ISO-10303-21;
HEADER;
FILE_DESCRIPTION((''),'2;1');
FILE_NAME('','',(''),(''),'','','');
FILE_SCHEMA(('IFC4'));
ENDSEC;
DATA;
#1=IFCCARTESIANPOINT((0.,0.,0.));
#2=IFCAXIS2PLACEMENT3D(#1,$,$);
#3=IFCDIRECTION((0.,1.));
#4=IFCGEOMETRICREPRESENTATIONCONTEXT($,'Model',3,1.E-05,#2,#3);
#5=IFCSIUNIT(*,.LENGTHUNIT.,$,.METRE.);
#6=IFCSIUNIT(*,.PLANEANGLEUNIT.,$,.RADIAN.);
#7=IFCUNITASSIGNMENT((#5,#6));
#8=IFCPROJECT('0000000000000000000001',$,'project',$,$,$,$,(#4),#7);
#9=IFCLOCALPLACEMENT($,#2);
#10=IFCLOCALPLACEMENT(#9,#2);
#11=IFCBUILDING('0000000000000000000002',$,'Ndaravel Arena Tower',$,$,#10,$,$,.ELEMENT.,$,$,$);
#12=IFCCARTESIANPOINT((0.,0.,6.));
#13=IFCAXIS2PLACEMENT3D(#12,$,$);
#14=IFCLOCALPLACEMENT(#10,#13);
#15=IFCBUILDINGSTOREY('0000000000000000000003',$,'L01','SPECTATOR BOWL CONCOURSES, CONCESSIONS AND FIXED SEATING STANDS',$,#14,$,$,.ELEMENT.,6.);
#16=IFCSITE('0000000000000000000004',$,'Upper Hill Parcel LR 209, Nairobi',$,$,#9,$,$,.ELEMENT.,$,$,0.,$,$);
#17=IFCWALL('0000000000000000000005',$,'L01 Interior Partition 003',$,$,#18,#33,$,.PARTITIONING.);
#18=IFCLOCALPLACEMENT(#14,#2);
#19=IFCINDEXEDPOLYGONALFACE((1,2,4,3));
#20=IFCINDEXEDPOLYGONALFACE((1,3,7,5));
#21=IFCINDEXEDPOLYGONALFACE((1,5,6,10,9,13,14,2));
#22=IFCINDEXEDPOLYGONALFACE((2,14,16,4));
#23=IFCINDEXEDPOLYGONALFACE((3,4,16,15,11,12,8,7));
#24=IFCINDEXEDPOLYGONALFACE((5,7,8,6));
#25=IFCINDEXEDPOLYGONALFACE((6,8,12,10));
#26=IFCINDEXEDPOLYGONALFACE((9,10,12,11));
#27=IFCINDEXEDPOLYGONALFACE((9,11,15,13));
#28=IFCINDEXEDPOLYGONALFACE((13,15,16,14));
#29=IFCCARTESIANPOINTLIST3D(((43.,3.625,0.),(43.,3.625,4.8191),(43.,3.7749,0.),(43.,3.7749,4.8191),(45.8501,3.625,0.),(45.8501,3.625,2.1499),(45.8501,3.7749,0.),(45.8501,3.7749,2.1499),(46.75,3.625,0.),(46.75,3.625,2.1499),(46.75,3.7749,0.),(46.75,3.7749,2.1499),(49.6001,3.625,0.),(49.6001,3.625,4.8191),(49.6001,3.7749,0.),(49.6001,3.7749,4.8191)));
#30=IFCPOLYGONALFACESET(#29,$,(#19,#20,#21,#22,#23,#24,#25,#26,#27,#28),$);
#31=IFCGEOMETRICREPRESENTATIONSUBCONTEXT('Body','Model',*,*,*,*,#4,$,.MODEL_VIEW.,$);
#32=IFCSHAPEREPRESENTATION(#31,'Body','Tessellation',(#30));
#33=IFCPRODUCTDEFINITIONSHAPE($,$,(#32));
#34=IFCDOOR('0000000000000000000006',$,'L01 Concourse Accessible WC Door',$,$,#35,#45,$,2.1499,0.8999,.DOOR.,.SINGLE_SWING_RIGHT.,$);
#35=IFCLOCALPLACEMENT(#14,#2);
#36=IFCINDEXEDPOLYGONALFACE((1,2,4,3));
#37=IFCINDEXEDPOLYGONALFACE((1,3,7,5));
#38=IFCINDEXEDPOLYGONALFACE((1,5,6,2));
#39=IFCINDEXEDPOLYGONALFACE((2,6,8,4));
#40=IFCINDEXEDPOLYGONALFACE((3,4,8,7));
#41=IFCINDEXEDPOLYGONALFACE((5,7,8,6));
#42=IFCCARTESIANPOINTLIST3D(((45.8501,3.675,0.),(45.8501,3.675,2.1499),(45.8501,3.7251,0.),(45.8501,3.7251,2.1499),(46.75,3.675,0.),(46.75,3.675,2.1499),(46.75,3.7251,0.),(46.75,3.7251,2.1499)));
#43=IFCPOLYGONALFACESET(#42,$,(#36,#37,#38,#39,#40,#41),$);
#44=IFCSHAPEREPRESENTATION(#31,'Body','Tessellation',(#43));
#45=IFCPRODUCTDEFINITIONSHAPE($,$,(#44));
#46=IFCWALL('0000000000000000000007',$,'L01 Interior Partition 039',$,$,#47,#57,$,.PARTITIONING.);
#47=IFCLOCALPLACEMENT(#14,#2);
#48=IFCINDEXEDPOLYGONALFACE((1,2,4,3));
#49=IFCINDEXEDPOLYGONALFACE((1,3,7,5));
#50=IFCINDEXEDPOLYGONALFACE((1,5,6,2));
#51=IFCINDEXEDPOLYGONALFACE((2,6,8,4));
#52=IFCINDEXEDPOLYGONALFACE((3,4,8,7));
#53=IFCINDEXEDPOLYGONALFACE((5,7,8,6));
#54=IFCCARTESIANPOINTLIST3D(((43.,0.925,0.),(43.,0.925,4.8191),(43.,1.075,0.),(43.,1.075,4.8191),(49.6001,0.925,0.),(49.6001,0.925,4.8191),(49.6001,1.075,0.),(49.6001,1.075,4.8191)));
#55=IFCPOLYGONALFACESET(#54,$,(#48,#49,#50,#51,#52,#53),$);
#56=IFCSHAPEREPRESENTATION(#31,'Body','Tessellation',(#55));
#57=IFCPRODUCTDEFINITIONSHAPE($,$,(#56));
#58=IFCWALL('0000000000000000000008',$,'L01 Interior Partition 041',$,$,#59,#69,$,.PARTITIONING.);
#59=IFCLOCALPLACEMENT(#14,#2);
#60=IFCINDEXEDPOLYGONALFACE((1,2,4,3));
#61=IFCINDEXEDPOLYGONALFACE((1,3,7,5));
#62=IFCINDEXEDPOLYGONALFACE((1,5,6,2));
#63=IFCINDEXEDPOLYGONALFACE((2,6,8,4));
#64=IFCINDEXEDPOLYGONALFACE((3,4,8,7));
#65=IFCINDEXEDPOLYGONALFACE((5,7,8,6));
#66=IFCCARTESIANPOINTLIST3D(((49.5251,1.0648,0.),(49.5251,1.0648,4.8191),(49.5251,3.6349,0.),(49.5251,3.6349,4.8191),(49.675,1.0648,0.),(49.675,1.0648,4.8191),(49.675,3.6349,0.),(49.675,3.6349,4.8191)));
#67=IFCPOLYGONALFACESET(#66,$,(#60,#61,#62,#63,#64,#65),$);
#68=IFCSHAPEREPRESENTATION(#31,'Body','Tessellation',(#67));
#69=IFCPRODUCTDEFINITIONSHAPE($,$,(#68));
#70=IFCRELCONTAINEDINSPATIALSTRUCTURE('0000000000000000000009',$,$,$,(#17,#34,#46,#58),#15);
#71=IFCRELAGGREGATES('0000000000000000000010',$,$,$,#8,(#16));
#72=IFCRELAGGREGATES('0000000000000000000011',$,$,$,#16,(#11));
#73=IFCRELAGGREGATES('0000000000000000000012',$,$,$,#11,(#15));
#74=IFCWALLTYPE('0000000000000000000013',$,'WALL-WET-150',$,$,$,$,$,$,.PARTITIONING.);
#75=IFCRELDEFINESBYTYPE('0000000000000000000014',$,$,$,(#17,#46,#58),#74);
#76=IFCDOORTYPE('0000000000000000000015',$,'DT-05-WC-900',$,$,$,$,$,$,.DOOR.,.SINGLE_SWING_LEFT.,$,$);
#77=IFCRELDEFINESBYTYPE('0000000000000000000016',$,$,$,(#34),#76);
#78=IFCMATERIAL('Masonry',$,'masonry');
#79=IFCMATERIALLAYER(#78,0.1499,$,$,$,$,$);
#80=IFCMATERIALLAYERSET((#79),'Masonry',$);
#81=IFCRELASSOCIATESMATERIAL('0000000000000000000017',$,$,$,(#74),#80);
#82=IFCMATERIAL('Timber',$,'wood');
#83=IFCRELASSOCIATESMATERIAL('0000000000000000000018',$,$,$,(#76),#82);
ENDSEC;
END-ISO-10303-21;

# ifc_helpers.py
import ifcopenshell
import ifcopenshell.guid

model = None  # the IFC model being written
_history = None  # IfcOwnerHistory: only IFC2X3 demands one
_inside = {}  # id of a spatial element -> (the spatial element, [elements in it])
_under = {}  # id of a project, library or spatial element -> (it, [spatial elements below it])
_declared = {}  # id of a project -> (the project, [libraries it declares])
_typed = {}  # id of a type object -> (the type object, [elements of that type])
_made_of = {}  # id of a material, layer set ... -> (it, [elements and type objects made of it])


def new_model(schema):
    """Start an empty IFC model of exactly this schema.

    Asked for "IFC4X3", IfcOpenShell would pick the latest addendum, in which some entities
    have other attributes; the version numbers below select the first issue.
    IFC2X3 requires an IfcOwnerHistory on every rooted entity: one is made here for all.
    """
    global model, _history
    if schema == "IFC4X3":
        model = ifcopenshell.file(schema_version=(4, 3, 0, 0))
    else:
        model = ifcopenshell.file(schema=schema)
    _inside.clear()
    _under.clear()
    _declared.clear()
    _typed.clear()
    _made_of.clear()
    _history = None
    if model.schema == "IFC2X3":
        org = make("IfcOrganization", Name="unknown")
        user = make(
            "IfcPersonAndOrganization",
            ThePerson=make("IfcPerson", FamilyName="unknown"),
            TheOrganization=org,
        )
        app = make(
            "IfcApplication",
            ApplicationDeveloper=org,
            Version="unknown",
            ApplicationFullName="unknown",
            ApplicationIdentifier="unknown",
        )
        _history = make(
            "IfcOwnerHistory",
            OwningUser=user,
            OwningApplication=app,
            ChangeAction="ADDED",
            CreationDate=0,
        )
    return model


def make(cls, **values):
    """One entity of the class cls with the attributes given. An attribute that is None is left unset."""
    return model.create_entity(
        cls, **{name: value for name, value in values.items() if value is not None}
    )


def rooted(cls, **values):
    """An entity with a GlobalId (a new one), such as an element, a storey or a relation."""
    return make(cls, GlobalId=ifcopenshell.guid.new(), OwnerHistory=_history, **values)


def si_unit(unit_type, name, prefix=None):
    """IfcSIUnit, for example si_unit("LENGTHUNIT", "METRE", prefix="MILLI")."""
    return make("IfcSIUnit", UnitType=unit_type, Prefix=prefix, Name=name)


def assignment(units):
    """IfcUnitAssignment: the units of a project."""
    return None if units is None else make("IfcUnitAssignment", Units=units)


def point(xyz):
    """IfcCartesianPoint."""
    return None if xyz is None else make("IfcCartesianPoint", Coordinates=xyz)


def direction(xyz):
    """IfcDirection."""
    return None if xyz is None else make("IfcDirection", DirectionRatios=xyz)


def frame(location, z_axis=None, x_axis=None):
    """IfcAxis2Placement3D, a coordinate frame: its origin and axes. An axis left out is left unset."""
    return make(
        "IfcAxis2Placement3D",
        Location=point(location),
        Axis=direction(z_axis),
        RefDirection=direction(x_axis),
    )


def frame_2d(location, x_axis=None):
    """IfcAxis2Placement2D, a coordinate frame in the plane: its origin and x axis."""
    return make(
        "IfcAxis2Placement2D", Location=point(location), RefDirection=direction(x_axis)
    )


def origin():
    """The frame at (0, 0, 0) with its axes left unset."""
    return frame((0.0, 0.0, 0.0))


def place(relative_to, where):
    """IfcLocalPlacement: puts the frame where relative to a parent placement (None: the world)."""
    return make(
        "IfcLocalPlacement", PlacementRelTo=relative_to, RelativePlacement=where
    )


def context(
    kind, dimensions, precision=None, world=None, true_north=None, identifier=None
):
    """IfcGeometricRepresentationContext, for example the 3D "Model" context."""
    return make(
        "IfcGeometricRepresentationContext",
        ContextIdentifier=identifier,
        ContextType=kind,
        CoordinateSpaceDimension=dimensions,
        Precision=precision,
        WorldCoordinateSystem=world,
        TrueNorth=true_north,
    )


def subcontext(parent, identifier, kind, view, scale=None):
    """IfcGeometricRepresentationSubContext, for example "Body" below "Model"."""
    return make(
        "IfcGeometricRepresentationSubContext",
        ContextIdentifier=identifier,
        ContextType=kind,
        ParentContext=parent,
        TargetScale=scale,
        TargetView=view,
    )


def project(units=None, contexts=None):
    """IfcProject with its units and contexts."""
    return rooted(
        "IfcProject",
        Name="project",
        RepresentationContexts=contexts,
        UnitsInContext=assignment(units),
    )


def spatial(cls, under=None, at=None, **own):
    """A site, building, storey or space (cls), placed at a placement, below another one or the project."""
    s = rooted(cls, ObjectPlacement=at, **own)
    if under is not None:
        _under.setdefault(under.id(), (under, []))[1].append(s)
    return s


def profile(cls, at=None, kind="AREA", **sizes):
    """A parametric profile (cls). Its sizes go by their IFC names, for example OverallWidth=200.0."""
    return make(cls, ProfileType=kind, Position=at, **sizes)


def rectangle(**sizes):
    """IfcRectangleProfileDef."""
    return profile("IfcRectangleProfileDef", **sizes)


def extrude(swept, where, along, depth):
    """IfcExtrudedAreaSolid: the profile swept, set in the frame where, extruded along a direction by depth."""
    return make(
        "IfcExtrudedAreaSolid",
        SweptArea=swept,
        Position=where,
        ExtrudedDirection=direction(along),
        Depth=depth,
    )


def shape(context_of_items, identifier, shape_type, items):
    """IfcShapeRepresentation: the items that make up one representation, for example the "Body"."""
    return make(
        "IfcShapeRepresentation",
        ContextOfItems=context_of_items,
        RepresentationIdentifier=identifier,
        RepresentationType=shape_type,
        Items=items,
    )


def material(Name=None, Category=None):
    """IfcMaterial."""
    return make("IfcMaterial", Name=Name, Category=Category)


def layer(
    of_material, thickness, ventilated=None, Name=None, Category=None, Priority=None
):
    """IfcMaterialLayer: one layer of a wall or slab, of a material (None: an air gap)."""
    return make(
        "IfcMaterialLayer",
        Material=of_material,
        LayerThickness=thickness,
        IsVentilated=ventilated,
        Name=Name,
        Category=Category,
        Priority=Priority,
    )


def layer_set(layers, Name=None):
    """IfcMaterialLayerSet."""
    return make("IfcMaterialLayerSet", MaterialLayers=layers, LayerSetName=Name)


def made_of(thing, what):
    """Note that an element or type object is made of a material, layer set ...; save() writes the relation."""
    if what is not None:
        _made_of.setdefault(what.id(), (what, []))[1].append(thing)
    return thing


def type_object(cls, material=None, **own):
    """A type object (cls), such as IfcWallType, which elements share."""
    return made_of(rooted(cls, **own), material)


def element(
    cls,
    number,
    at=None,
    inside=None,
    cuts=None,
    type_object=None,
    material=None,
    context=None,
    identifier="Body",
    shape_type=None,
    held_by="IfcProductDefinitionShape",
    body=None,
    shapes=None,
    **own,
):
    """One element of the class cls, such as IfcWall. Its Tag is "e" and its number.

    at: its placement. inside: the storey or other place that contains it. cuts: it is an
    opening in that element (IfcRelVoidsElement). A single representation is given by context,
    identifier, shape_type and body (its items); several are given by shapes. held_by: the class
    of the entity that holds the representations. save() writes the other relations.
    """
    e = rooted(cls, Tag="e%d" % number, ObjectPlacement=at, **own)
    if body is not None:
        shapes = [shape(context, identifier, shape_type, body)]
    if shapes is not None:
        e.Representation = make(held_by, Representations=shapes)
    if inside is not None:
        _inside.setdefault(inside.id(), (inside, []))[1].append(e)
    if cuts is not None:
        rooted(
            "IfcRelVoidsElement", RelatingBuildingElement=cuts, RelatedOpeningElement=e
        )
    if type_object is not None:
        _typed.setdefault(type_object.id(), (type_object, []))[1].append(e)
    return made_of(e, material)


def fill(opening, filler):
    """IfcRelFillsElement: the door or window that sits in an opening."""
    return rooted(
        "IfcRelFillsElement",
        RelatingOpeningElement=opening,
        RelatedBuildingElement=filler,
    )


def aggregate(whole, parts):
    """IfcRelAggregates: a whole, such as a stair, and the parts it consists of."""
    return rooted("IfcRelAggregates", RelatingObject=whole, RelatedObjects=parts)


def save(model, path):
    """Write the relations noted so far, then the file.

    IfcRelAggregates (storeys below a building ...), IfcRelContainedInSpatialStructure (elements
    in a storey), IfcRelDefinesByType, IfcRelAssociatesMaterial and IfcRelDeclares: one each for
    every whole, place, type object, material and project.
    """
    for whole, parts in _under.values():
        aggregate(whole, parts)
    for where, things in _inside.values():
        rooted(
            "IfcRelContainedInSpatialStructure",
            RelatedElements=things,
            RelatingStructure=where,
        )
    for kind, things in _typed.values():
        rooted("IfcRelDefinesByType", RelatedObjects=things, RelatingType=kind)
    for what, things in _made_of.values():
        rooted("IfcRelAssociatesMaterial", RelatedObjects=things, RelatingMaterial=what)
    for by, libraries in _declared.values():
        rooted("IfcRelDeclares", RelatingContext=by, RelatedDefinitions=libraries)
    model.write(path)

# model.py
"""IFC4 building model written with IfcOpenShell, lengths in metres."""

from ifc_helpers import new_model, si_unit, direction, frame, frame_2d, origin, place, context, subcontext, project, spatial, rectangle, extrude, material, layer, layer_set, type_object, element, fill, save


model = new_model("IFC4")

# Units and contexts
model_context = context("Model", 3, precision=1e-05, world=origin(), true_north=direction((0.0, 1.0)))
body_context = subcontext(model_context, "Body", "Model", "MODEL_VIEW")
ifc_project = project(units=[si_unit("LENGTHUNIT", "METRE"), si_unit("PLANEANGLEUNIT", "RADIAN")], contexts=[model_context])

# Site, building, storey
site_placement = place(None, origin())
site = spatial("IfcSite", under=ifc_project, at=site_placement, Name="Upper Hill Parcel LR 209, Nairobi", CompositionType="ELEMENT", RefElevation=0.0)
building_placement = place(site_placement, origin())
building = spatial("IfcBuilding", under=site, at=building_placement, Name="Ndaravel Arena Tower", CompositionType="ELEMENT")
storey_placement = place(building_placement, frame((0.0, 0.0, 6.0)))
storey = spatial("IfcBuildingStorey", under=building, at=storey_placement, Name="L01", Description="SPECTATOR BOWL CONCOURSES, CONCESSIONS AND FIXED SEATING STANDS", CompositionType="ELEMENT", Elevation=6.0)

# Wall, opening, door
ifc_material_1 = material(Name="Masonry", Category="masonry")
ifc_layer_1 = layer(ifc_material_1, 0.1499)
ifc_layer_set_1 = layer_set([ifc_layer_1], Name="Masonry")
wall_type_1 = type_object("IfcWallType", Name="WALL-WET-150", PredefinedType="PARTITIONING", material=ifc_layer_set_1)
wall_1_placement = place(storey_placement, frame((49.6001, 3.7, 0.0), z_axis=(0.0, 0.0, 1.0), x_axis=(-1.0, 0.0, 0.0)))
wall_1 = element("IfcWall", 1, at=wall_1_placement, inside=storey, type_object=wall_type_1, Name="L01 Interior Partition 003", PredefinedType="PARTITIONING", context=body_context, shape_type="SweptSolid", body=[
    extrude(rectangle(XDim=6.6001, YDim=0.1499, at=frame_2d((3.3, 0.0))), origin(), (0.0, 0.0, 1.0), 4.8191),
])
opening_1_placement = place(wall_1_placement, frame((2.8501, 0.0, 0.0)))
opening_1 = element("IfcOpeningElement", 2, at=opening_1_placement, cuts=wall_1, PredefinedType="OPENING", context=body_context, shape_type="SweptSolid", body=[
    extrude(rectangle(XDim=0.8999, YDim=2.1499, at=frame_2d((0.45, 1.075))), frame((0.0, 0.075, 0.0), z_axis=(0.0, -1.0, 0.0), x_axis=(1.0, 0.0, 0.0)), (0.0, 0.0, 1.0), 0.1499),
])
ifc_material_2 = material(Name="Timber", Category="wood")
door_type_1 = type_object("IfcDoorType", Name="DT-05-WC-900", OperationType="SINGLE_SWING_LEFT", PredefinedType="DOOR", material=ifc_material_2)
door_1_placement = place(opening_1_placement, origin())
door_1 = element("IfcDoor", 3, at=door_1_placement, inside=storey, type_object=door_type_1, Name="L01 Concourse Accessible WC Door", OperationType="SINGLE_SWING_RIGHT", OverallHeight=2.1499, OverallWidth=0.8999, PredefinedType="DOOR", context=body_context, shape_type="SweptSolid", body=[
    extrude(rectangle(XDim=0.8999, YDim=2.1499, at=frame_2d((0.45, 1.075))), frame((0.0, 0.0249, 0.0), z_axis=(0.0, -1.0, 0.0), x_axis=(1.0, 0.0, 0.0)), (0.0, 0.0, 1.0), 0.05),
])
fill(opening_1, door_1)

# Walls
wall_2_placement = place(storey_placement, frame((49.6001, 1.0, 0.0), z_axis=(0.0, 0.0, 1.0), x_axis=(-1.0, 0.0, 0.0)))
element("IfcWall", 4, at=wall_2_placement, inside=storey, type_object=wall_type_1, Name="L01 Interior Partition 039", PredefinedType="PARTITIONING", context=body_context, shape_type="SweptSolid", body=[
    extrude(rectangle(XDim=6.6001, YDim=0.1499, at=frame_2d((3.3, 0.0))), origin(), (0.0, 0.0, 1.0), 4.8191),
])
wall_3_placement = place(storey_placement, frame((49.6001, 3.635, 0.0), z_axis=(0.0, 0.0, 1.0), x_axis=(0.0, -1.0, 0.0)))
element("IfcWall", 5, at=wall_3_placement, inside=storey, type_object=wall_type_1, Name="L01 Interior Partition 041", PredefinedType="PARTITIONING", context=body_context, shape_type="SweptSolid", body=[
    extrude(rectangle(XDim=2.5701, YDim=0.1499, at=frame_2d((1.2852, 0.0))), origin(), (0.0, 0.0, 1.0), 4.8191),
])

save(model, "model.ifc")
